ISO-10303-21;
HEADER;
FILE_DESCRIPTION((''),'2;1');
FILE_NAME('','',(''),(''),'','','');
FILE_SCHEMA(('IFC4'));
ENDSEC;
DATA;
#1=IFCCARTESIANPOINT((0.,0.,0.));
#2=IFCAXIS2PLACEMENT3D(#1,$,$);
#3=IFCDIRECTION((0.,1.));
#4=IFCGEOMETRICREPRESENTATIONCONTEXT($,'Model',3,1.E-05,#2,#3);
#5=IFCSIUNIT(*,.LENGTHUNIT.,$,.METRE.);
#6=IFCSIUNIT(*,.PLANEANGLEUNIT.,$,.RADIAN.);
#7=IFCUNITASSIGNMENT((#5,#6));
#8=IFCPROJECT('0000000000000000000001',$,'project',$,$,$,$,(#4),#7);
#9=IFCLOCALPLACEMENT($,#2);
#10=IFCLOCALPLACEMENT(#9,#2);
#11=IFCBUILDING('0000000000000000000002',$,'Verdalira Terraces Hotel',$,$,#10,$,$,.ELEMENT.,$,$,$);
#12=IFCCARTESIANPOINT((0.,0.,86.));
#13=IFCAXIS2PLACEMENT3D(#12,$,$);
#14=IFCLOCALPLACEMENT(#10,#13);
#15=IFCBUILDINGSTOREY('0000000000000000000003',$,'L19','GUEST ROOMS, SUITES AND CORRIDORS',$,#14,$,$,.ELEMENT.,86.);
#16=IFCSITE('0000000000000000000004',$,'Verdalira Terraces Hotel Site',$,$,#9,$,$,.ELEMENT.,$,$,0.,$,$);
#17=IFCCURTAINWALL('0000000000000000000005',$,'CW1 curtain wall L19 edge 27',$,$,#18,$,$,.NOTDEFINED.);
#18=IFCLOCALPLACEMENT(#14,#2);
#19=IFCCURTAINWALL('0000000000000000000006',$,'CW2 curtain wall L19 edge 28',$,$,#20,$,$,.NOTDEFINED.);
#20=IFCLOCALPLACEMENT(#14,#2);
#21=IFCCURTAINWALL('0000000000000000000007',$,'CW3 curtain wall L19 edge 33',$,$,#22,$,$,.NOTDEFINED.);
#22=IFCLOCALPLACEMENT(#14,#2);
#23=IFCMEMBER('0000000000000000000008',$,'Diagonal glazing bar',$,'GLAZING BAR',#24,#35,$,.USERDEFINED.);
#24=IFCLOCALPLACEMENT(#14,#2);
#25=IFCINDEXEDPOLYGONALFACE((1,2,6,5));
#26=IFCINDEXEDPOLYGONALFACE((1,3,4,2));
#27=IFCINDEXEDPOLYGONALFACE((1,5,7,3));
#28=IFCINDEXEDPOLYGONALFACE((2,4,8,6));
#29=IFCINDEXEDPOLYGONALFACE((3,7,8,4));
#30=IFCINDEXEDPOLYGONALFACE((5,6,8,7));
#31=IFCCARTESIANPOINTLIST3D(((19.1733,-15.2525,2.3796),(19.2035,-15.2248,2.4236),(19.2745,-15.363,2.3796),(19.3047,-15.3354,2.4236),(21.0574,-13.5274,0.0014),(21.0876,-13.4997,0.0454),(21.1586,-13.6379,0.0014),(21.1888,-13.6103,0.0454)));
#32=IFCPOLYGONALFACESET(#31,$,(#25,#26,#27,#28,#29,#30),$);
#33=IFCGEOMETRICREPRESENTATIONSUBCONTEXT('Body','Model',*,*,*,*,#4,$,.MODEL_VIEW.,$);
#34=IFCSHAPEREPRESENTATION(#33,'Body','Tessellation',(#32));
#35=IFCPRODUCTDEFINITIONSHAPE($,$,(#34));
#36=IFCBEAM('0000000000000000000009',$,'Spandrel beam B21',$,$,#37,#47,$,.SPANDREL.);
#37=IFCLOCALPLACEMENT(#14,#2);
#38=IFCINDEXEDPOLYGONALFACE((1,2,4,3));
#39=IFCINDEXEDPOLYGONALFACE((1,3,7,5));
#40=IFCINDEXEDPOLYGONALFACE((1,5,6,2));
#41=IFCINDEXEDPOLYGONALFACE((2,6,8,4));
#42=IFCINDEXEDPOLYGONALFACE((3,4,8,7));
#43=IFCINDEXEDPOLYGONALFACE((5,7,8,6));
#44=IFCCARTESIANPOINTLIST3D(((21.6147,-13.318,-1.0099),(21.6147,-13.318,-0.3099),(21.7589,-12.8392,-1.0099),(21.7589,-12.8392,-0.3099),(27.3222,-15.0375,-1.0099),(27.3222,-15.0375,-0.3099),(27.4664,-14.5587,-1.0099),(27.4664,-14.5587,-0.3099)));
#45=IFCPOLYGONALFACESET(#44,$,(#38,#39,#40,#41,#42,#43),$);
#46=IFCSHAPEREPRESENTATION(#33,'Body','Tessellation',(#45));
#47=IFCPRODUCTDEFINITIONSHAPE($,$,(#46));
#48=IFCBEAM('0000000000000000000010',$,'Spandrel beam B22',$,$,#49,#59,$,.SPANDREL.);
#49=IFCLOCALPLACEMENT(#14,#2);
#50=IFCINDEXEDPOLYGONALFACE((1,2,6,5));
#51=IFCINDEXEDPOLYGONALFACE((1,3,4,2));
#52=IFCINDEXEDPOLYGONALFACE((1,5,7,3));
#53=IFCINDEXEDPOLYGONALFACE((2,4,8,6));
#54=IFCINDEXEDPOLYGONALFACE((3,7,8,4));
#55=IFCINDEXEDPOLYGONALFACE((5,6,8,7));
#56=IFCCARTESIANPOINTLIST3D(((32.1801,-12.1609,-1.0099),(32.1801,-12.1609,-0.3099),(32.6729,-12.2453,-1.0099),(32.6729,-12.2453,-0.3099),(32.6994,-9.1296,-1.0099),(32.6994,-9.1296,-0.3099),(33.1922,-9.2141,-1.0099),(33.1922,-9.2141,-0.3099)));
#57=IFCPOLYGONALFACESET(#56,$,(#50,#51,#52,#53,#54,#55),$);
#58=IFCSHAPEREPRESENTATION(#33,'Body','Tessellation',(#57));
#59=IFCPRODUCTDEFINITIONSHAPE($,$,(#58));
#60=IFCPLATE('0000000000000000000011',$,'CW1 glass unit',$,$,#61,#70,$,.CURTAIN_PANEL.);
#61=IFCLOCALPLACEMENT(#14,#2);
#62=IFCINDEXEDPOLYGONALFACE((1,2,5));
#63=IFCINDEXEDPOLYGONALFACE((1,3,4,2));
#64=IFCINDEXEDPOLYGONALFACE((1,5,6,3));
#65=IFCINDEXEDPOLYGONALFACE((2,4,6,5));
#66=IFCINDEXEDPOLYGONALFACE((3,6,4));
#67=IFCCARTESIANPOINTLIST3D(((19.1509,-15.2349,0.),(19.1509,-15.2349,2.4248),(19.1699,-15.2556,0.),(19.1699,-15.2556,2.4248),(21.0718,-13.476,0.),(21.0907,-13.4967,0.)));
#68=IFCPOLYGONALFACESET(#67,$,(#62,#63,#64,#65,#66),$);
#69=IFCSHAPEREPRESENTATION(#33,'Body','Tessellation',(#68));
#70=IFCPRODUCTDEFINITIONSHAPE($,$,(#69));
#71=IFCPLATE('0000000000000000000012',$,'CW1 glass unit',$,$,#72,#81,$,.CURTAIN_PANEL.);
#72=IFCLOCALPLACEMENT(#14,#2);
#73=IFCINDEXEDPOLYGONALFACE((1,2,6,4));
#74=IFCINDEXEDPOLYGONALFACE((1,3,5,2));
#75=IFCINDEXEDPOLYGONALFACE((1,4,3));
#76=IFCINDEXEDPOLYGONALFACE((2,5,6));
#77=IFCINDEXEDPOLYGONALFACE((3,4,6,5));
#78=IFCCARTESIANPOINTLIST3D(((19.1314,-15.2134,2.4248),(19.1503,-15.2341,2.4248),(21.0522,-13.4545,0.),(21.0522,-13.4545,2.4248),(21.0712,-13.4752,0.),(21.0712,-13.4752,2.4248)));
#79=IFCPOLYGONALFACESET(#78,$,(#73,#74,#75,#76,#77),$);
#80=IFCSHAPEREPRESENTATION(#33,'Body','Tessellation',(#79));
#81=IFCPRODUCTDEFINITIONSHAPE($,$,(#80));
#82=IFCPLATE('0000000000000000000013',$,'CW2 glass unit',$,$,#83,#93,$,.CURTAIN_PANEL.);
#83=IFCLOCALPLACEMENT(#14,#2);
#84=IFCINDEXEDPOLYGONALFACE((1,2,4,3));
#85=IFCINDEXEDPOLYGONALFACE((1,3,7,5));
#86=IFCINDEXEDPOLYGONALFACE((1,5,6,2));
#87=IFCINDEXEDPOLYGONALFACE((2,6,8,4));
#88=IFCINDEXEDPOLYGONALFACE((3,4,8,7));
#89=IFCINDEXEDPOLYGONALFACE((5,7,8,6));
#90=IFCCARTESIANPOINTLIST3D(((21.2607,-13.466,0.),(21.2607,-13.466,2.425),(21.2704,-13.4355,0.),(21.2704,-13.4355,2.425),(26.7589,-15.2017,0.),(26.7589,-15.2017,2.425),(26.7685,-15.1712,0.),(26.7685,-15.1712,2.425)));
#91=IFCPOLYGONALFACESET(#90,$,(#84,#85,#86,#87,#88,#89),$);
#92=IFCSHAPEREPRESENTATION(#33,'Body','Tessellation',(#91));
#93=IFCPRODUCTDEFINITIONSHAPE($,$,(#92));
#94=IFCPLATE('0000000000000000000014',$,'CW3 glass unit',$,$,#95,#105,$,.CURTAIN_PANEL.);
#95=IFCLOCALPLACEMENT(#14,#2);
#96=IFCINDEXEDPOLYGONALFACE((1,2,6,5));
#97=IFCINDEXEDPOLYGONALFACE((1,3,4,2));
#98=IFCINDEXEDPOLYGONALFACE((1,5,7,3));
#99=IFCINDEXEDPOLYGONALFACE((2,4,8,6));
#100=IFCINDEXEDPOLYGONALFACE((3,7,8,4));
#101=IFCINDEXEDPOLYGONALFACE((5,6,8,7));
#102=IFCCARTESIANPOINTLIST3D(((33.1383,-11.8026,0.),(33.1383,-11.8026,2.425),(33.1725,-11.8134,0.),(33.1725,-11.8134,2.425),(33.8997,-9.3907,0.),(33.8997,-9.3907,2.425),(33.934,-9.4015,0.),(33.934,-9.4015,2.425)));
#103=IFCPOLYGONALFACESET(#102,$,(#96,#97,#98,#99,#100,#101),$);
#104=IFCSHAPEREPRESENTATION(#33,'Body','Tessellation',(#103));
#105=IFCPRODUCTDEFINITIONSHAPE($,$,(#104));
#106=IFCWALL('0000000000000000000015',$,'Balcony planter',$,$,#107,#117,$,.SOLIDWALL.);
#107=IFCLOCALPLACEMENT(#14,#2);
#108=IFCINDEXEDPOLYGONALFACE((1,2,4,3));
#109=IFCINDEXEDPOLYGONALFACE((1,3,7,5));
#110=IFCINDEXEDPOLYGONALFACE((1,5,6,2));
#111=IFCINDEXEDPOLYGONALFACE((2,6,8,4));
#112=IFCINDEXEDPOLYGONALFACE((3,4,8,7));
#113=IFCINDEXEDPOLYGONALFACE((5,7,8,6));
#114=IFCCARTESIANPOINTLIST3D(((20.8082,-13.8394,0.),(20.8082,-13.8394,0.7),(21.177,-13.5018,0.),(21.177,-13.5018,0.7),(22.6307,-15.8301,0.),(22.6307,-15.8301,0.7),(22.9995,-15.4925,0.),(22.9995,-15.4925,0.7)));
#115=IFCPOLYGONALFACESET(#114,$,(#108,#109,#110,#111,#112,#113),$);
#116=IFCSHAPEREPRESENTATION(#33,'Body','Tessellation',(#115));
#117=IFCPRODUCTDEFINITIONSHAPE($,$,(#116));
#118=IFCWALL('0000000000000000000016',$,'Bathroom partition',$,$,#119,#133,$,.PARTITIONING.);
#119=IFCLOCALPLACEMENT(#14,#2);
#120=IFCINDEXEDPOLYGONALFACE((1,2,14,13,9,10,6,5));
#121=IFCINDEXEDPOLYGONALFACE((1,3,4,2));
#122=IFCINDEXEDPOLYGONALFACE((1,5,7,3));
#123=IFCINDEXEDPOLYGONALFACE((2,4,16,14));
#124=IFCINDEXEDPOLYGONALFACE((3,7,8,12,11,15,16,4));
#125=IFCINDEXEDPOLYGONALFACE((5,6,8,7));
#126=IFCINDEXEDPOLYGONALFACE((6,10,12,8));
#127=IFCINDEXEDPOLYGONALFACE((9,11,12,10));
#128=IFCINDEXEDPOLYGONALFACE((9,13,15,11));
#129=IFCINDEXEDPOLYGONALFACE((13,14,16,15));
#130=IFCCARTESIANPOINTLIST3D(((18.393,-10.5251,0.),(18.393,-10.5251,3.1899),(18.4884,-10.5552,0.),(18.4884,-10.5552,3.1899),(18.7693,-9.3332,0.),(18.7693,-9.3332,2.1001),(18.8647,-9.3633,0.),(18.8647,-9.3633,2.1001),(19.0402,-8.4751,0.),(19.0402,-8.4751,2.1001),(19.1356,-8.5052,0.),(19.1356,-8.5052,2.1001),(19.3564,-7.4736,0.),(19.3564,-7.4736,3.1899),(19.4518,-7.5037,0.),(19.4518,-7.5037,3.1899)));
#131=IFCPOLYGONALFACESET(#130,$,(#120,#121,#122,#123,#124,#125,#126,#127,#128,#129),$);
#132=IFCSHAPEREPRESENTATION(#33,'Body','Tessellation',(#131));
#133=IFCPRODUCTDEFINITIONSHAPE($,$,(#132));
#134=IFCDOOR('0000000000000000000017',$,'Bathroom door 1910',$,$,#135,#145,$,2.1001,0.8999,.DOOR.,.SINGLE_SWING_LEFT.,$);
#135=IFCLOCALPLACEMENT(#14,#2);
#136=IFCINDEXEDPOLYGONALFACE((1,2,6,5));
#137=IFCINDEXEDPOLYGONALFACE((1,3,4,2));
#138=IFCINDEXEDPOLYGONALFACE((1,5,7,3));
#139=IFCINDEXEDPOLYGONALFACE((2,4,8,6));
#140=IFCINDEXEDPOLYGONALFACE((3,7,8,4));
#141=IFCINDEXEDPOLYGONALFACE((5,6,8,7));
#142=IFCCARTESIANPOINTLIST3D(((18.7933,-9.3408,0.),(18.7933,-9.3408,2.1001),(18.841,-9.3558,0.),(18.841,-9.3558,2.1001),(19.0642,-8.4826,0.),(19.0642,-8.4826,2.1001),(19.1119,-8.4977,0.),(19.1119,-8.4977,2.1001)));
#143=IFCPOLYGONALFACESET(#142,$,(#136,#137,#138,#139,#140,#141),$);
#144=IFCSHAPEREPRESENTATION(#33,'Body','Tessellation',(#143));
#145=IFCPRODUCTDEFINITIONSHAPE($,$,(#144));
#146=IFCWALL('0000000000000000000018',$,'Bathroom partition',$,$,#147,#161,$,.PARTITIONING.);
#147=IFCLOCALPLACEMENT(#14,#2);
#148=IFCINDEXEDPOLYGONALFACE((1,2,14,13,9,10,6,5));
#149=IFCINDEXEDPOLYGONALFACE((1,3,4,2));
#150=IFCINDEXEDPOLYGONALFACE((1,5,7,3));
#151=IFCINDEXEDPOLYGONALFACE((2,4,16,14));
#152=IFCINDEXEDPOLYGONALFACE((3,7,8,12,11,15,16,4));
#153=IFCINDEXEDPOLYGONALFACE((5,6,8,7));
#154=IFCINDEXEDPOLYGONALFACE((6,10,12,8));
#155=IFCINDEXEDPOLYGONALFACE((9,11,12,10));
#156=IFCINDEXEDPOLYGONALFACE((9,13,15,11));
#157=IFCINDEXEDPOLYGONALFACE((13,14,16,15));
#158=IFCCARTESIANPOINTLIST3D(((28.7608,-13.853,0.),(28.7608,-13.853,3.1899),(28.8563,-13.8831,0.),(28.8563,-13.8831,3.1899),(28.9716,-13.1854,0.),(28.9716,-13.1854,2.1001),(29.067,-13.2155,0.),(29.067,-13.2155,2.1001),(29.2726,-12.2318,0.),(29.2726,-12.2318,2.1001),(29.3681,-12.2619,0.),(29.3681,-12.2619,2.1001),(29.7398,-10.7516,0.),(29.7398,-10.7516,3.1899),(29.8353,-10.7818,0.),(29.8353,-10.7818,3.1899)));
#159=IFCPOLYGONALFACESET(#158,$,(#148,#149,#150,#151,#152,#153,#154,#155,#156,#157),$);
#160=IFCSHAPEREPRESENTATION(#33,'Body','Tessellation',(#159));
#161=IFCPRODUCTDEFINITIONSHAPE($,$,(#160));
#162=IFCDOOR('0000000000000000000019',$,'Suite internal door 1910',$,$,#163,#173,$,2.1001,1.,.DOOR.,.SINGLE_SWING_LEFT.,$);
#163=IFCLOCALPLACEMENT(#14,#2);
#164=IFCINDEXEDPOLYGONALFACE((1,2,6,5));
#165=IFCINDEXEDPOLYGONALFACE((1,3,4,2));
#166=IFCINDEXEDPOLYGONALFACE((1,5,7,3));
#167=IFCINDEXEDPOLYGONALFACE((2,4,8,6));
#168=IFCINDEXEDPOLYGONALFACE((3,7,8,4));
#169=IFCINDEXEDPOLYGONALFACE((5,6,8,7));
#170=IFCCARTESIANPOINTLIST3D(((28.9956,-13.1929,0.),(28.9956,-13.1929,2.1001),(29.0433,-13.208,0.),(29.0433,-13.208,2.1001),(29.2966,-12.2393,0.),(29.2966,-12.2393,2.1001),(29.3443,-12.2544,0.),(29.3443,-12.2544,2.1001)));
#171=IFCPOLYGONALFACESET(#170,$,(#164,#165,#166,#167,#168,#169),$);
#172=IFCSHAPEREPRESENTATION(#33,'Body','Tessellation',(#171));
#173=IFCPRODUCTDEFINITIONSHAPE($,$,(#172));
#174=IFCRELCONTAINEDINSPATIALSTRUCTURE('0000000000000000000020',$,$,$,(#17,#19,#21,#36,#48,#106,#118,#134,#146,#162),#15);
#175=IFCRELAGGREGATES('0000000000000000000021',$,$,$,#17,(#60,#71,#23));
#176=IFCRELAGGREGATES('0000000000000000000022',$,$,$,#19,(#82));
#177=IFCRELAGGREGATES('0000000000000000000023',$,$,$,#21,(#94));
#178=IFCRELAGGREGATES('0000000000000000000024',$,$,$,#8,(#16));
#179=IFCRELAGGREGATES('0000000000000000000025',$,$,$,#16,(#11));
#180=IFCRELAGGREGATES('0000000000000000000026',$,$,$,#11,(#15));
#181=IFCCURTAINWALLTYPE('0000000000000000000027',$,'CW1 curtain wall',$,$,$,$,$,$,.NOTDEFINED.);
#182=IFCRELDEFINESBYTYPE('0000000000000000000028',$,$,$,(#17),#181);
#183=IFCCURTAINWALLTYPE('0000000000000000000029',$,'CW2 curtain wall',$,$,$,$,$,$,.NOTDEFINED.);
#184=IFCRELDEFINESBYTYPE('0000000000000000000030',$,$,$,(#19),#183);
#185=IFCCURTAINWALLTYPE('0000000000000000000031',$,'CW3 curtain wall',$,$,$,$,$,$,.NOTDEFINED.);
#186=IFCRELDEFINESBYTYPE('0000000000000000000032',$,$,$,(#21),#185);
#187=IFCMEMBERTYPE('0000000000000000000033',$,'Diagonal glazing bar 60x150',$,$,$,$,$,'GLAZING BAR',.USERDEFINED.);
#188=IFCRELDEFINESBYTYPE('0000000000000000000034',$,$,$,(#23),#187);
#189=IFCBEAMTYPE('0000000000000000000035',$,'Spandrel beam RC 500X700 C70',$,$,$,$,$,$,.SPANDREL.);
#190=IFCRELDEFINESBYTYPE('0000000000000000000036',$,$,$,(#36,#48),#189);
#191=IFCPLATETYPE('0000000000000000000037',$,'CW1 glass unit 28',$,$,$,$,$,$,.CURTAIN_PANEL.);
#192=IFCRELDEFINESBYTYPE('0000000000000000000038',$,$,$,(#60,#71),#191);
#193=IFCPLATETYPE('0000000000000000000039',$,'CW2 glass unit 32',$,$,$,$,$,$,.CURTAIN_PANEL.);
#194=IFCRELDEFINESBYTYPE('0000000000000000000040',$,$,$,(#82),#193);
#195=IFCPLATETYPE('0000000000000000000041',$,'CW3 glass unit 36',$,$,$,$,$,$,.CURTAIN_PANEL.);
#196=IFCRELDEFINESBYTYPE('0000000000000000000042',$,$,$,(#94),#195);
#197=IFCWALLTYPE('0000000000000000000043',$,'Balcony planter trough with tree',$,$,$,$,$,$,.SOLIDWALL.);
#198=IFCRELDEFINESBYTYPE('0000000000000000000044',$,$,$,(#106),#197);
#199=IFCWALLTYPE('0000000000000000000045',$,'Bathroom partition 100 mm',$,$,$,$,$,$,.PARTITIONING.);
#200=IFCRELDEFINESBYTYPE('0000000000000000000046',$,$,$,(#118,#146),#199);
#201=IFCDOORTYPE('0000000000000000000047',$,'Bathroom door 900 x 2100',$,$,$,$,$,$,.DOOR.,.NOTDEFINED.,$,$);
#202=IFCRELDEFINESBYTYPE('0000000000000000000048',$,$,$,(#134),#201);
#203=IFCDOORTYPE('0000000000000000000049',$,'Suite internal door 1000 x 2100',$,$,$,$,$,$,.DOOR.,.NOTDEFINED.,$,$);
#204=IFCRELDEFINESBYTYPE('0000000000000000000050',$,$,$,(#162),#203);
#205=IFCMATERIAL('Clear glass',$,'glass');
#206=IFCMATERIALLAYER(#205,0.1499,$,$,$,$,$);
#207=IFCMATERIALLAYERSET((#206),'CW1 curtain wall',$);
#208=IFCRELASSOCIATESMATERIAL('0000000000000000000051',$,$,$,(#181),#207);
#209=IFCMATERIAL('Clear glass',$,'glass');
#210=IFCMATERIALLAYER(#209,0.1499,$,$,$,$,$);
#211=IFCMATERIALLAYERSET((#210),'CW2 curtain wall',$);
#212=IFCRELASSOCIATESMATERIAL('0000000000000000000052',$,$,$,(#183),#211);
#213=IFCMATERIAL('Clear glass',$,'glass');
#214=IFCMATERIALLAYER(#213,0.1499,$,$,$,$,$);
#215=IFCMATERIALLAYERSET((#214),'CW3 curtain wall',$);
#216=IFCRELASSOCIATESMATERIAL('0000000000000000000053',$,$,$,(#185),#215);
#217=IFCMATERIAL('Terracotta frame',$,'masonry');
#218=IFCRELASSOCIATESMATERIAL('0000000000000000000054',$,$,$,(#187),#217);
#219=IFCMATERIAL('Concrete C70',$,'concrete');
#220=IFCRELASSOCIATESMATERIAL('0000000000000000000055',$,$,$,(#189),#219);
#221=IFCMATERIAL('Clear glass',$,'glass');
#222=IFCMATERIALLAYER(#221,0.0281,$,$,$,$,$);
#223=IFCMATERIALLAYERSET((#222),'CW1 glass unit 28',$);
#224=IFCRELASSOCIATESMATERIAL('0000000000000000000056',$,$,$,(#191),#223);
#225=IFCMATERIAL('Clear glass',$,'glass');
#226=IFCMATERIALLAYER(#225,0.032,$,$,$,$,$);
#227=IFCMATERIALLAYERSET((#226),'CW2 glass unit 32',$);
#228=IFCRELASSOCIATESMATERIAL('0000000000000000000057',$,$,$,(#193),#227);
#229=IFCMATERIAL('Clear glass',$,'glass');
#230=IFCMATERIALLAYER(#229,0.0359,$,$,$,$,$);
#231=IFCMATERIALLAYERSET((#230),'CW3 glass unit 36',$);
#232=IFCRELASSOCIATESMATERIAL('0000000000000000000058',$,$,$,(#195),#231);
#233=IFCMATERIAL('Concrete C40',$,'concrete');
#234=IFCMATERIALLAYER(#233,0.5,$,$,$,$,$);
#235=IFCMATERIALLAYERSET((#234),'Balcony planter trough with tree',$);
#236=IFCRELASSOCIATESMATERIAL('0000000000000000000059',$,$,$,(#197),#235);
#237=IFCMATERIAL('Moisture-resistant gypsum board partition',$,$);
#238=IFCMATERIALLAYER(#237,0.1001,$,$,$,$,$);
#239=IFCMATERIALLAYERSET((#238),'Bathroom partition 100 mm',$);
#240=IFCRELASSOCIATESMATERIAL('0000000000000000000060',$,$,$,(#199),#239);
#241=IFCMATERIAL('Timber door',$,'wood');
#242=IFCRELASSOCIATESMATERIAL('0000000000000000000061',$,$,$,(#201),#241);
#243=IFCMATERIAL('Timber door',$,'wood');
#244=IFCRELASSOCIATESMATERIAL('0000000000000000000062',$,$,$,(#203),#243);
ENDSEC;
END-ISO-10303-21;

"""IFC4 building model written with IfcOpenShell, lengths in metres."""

from ifc_helpers import new_model, si_unit, direction, frame, frame_2d, origin, origin_2d, place, context, subcontext, project, spatial, polyline, rectangle, outline, extrude, material, layer, layer_set, material_profile, profile_set, type_object, element, fill, aggregate, save


model = new_model("IFC4")

# Units and contexts
model_context = context("Model", 3, precision=1e-05, world=origin(), true_north=direction((0.0, 1.0)))
body_context = subcontext(model_context, "Body", "Model", "MODEL_VIEW")
ifc_project = project(units=[si_unit("LENGTHUNIT", "METRE"), si_unit("PLANEANGLEUNIT", "RADIAN")], contexts=[model_context])

# Site, building, storey
site_placement = place(None, origin())
site = spatial("IfcSite", under=ifc_project, at=site_placement, Name="Verdalira Terraces Hotel Site", CompositionType="ELEMENT", RefElevation=0.0)
building_placement = place(site_placement, origin())
building = spatial("IfcBuilding", under=site, at=building_placement, Name="Verdalira Terraces Hotel", CompositionType="ELEMENT")
storey_placement = place(building_placement, frame((0.0, 0.0, 86.0)))
storey = spatial("IfcBuildingStorey", under=building, at=storey_placement, Name="L19", Description="GUEST ROOMS, SUITES AND CORRIDORS", CompositionType="ELEMENT", Elevation=86.0)

# Curtain wall
ifc_material_1 = material(Name="Clear glass", Category="glass")
ifc_layer_1 = layer(ifc_material_1, 0.1499)
ifc_layer_set_1 = layer_set([ifc_layer_1], Name="CW1 curtain wall")
curtain_wall_type_1 = type_object("IfcCurtainWallType", Name="CW1 curtain wall", PredefinedType="NOTDEFINED", material=ifc_layer_set_1)
curtain_wall_1_placement = place(storey_placement, origin())
curtain_wall_1 = element("IfcCurtainWall", 1, at=curtain_wall_1_placement, inside=storey, type_object=curtain_wall_type_1, Name="CW1 curtain wall L19 edge 27", PredefinedType="NOTDEFINED")

# Curtain walls
ifc_material_2 = material(Name="Clear glass", Category="glass")
ifc_layer_2 = layer(ifc_material_2, 0.1499)
ifc_layer_set_2 = layer_set([ifc_layer_2], Name="CW2 curtain wall")
curtain_wall_type_2 = type_object("IfcCurtainWallType", Name="CW2 curtain wall", PredefinedType="NOTDEFINED", material=ifc_layer_set_2)
curtain_wall_2_placement = place(storey_placement, origin())
curtain_wall_2 = element("IfcCurtainWall", 2, at=curtain_wall_2_placement, inside=storey, type_object=curtain_wall_type_2, Name="CW2 curtain wall L19 edge 28", PredefinedType="NOTDEFINED")
ifc_material_3 = material(Name="Clear glass", Category="glass")
ifc_layer_3 = layer(ifc_material_3, 0.1499)
ifc_layer_set_3 = layer_set([ifc_layer_3], Name="CW3 curtain wall")
curtain_wall_type_3 = type_object("IfcCurtainWallType", Name="CW3 curtain wall", PredefinedType="NOTDEFINED", material=ifc_layer_set_3)
curtain_wall_3_placement = place(storey_placement, origin())
curtain_wall_3 = element("IfcCurtainWall", 3, at=curtain_wall_3_placement, inside=storey, type_object=curtain_wall_type_3, Name="CW3 curtain wall L19 edge 33", PredefinedType="NOTDEFINED")

# Member
ifc_material_4 = material(Name="Terracotta frame", Category="masonry")
ifc_material_profile_1 = material_profile(ifc_material_4, rectangle(XDim=0.1499, YDim=0.0601, at=origin_2d()), Name="GB 60x150")
ifc_profile_set_1 = profile_set([ifc_material_profile_1], Name="Terracotta frame")
member_type_1 = type_object("IfcMemberType", Name="Diagonal glazing bar 60x150", ElementType="GLAZING BAR", PredefinedType="USERDEFINED", material=ifc_profile_set_1)
member_1_placement = place(storey_placement, frame((19.239, -15.2939, 2.4016), z_axis=(0.539812, 0.494274, -0.681393), x_axis=(-0.675313, 0.737531, 0.0)))
member_1 = element("IfcMember", 4, at=member_1_placement, type_object=member_type_1, Name="Diagonal glazing bar", ObjectType="GLAZING BAR", PredefinedType="USERDEFINED", context=body_context, shape_type="SweptSolid", body=[
    extrude(rectangle(XDim=0.1499, YDim=0.0601, at=origin_2d()), origin(), (0.0, 0.0, 1.0), 3.4902),
])

# Beams
ifc_material_5 = material(Name="Concrete C70", Category="concrete")
ifc_material_profile_2 = material_profile(ifc_material_5, rectangle(XDim=0.5, YDim=0.7, at=origin_2d()), Name="RC 500X700")
ifc_profile_set_2 = profile_set([ifc_material_profile_2], Name="Concrete C70")
beam_type_1 = type_object("IfcBeamType", Name="Spandrel beam RC 500X700 C70", PredefinedType="SPANDREL", material=ifc_profile_set_2)
beam_1_placement = place(storey_placement, frame((21.6868, -13.0786, -0.6599), z_axis=(0.957492, -0.28846, 0.0), x_axis=(0.28846, 0.957492, 0.0)))
element("IfcBeam", 5, at=beam_1_placement, inside=storey, type_object=beam_type_1, Name="Spandrel beam B21", PredefinedType="SPANDREL", context=body_context, shape_type="SweptSolid", body=[
    extrude(rectangle(XDim=0.5, YDim=0.7, at=origin_2d()), origin(), (0.0, 0.0, 1.0), 5.9609),
])
beam_2_placement = place(storey_placement, frame((32.4265, -12.2031, -0.6599), z_axis=(0.168851, 0.985642, 0.0), x_axis=(-0.985642, 0.168851, 0.0)))
element("IfcBeam", 6, at=beam_2_placement, inside=storey, type_object=beam_type_1, Name="Spandrel beam B22", PredefinedType="SPANDREL", context=body_context, shape_type="SweptSolid", body=[
    extrude(rectangle(XDim=0.5, YDim=0.7, at=origin_2d()), origin(), (0.0, 0.0, 1.0), 3.0754),
])

# Plates
ifc_material_6 = material(Name="Clear glass", Category="glass")
ifc_layer_4 = layer(ifc_material_6, 0.0281)
ifc_layer_set_4 = layer_set([ifc_layer_4], Name="CW1 glass unit 28")
plate_type_1 = type_object("IfcPlateType", Name="CW1 glass unit 28", PredefinedType="CURTAIN_PANEL", material=ifc_layer_set_4)
plate_1_placement = place(storey_placement, frame((20.1113, -14.3555, 1.2124), z_axis=(0.675333, -0.737513, 0.0), x_axis=(0.737513, 0.675333, 0.0)))
plate_1 = element("IfcPlate", 7, at=plate_1_placement, type_object=plate_type_1, Name="CW1 glass unit", PredefinedType="CURTAIN_PANEL", context=body_context, shape_type="SweptSolid", body=[
    extrude(outline(polyline([(-1.3022, -1.2124), (1.3022, -1.2124), (-1.3022, 1.2124), (-1.3022, -1.2124)])), origin(), (0.0, 0.0, 1.0), 0.0281),
])
plate_2_placement = place(storey_placement, frame((20.0918, -14.334, 1.2124), z_axis=(0.675333, -0.737513, 0.0), x_axis=(0.737513, 0.675333, 0.0)))
plate_2 = element("IfcPlate", 8, at=plate_2_placement, type_object=plate_type_1, Name="CW1 glass unit", PredefinedType="CURTAIN_PANEL", context=body_context, shape_type="SweptSolid", body=[
    extrude(outline(polyline([(1.3022, -1.2124), (1.3022, 1.2124), (-1.3022, 1.2124), (1.3022, -1.2124)])), origin(), (0.0, 0.0, 1.0), 0.0281),
])
aggregate(curtain_wall_1, [plate_1, plate_2, member_1])
ifc_material_7 = material(Name="Clear glass", Category="glass")
ifc_layer_5 = layer(ifc_material_7, 0.032)
ifc_layer_set_5 = layer_set([ifc_layer_5], Name="CW2 glass unit 32")
plate_type_2 = type_object("IfcPlateType", Name="CW2 glass unit 32", PredefinedType="CURTAIN_PANEL", material=ifc_layer_set_5)
plate_3_placement = place(storey_placement, frame((24.0146, -14.3186, 0.0), z_axis=(0.0, 0.0, 1.0), x_axis=(0.953612, -0.301039, 0.0)))
plate_3 = element("IfcPlate", 9, at=plate_3_placement, type_object=plate_type_2, Name="CW2 glass unit", PredefinedType="CURTAIN_PANEL", context=body_context, shape_type="SweptSolid", body=[
    extrude(rectangle(XDim=5.7656, YDim=0.032, at=origin_2d()), origin(), (0.0, 0.0, 1.0), 2.425),
])
aggregate(curtain_wall_2, [plate_3])
ifc_material_8 = material(Name="Clear glass", Category="glass")
ifc_layer_6 = layer(ifc_material_8, 0.0359)
ifc_layer_set_6 = layer_set([ifc_layer_6], Name="CW3 glass unit 36")
plate_type_3 = type_object("IfcPlateType", Name="CW3 glass unit 36", PredefinedType="CURTAIN_PANEL", material=ifc_layer_set_6)
plate_4_placement = place(storey_placement, frame((33.5361, -10.6021, 0.0), z_axis=(0.0, 0.0, 1.0), x_axis=(0.301039, 0.953612, 0.0)))
plate_4 = element("IfcPlate", 10, at=plate_4_placement, type_object=plate_type_3, Name="CW3 glass unit", PredefinedType="CURTAIN_PANEL", context=body_context, shape_type="SweptSolid", body=[
    extrude(rectangle(XDim=2.5293, YDim=0.0359, at=origin_2d()), origin(), (0.0, 0.0, 1.0), 2.425),
])
aggregate(curtain_wall_3, [plate_4])

# Wall
ifc_material_9 = material(Name="Concrete C40", Category="concrete")
ifc_layer_7 = layer(ifc_material_9, 0.5)
ifc_layer_set_7 = layer_set([ifc_layer_7], Name="Balcony planter trough with tree")
wall_type_1 = type_object("IfcWallType", Name="Balcony planter trough with tree", PredefinedType="SOLIDWALL", material=ifc_layer_set_7)
wall_1_placement = place(storey_placement, frame((22.8152, -15.6614, 0.0), z_axis=(0.0, 0.0, 1.0), x_axis=(-0.675258, 0.737582, 0.0)))
element("IfcWall", 11, at=wall_1_placement, inside=storey, type_object=wall_type_1, Name="Balcony planter", PredefinedType="SOLIDWALL", context=body_context, shape_type="SweptSolid", body=[
    extrude(rectangle(XDim=2.699, YDim=0.5, at=frame_2d((1.3496, 0.0))), origin(), (0.0, 0.0, 1.0), 0.7),
])

# Walls, openings, doors
ifc_material_10 = material(Name="Moisture-resistant gypsum board partition")
ifc_layer_8 = layer(ifc_material_10, 0.1001)
ifc_layer_set_8 = layer_set([ifc_layer_8], Name="Bathroom partition 100 mm")
wall_type_2 = type_object("IfcWallType", Name="Bathroom partition 100 mm", PredefinedType="PARTITIONING", material=ifc_layer_set_8)
wall_2_placement = place(storey_placement, frame((18.4407, -10.5403, 0.0), z_axis=(0.0, 0.0, 1.0), x_axis=(0.301058, 0.953606, 0.0)))
wall_2 = element("IfcWall", 12, at=wall_2_placement, inside=storey, type_object=wall_type_2, Name="Bathroom partition", PredefinedType="PARTITIONING", context=body_context, shape_type="SweptSolid", body=[
    extrude(rectangle(XDim=3.2, YDim=0.1001, at=frame_2d((1.6001, 0.0))), origin(), (0.0, 0.0, 1.0), 3.1899),
])
opening_1_placement = place(wall_2_placement, frame((1.25, 0.0, 0.0)))
opening_1 = element("IfcOpeningElement", 13, at=opening_1_placement, cuts=wall_2, PredefinedType="OPENING", context=body_context, shape_type="SweptSolid", body=[
    extrude(rectangle(XDim=0.8999, YDim=2.1001, at=frame_2d((0.45, 1.05))), frame((0.0, 0.0601, 0.0), z_axis=(0.0, -1.0, 0.0), x_axis=(1.0, 0.0, 0.0)), (0.0, 0.0, 1.0), 0.1201),
])
ifc_material_11 = material(Name="Timber door", Category="wood")
door_type_1 = type_object("IfcDoorType", Name="Bathroom door 900 x 2100", OperationType="NOTDEFINED", PredefinedType="DOOR", material=ifc_material_11)
door_1_placement = place(opening_1_placement, origin())
door_1 = element("IfcDoor", 14, at=door_1_placement, inside=storey, type_object=door_type_1, Name="Bathroom door 1910", OperationType="SINGLE_SWING_LEFT", OverallHeight=2.1001, OverallWidth=0.8999, PredefinedType="DOOR", context=body_context, shape_type="SweptSolid", body=[
    extrude(rectangle(XDim=0.8999, YDim=2.1001, at=frame_2d((0.45, 1.05))), frame((0.0, 0.0249, 0.0), z_axis=(0.0, -1.0, 0.0), x_axis=(1.0, 0.0, 0.0)), (0.0, 0.0, 1.0), 0.05),
])
fill(opening_1, door_1)
wall_3_placement = place(storey_placement, frame((28.8086, -13.8679, 0.0), z_axis=(0.0, 0.0, 1.0), x_axis=(0.301031, 0.953614, 0.0)))
wall_3 = element("IfcWall", 15, at=wall_3_placement, inside=storey, type_object=wall_type_2, Name="Bathroom partition", PredefinedType="PARTITIONING", context=body_context, shape_type="SweptSolid", body=[
    extrude(rectangle(XDim=3.2522, YDim=0.1001, at=frame_2d((1.626, 0.0))), origin(), (0.0, 0.0, 1.0), 3.1899),
])
opening_2_placement = place(wall_3_placement, frame((0.7, 0.0, 0.0)))
opening_2 = element("IfcOpeningElement", 16, at=opening_2_placement, cuts=wall_3, PredefinedType="OPENING", context=body_context, shape_type="SweptSolid", body=[
    extrude(rectangle(XDim=1.0, YDim=2.1001, at=frame_2d((0.5, 1.05))), frame((0.0, 0.0601, 0.0), z_axis=(0.0, -1.0, 0.0), x_axis=(1.0, 0.0, 0.0)), (0.0, 0.0, 1.0), 0.1201),
])
ifc_material_12 = material(Name="Timber door", Category="wood")
door_type_2 = type_object("IfcDoorType", Name="Suite internal door 1000 x 2100", OperationType="NOTDEFINED", PredefinedType="DOOR", material=ifc_material_12)
door_2_placement = place(opening_2_placement, origin())
door_2 = element("IfcDoor", 17, at=door_2_placement, inside=storey, type_object=door_type_2, Name="Suite internal door 1910", OperationType="SINGLE_SWING_LEFT", OverallHeight=2.1001, OverallWidth=1.0, PredefinedType="DOOR", context=body_context, shape_type="SweptSolid", body=[
    extrude(rectangle(XDim=1.0, YDim=2.1001, at=frame_2d((0.5, 1.05))), frame((0.0, 0.0249, 0.0), z_axis=(0.0, -1.0, 0.0), x_axis=(1.0, 0.0, 0.0)), (0.0, 0.0, 1.0), 0.05),
])
fill(opening_2, door_2)

save(model, "model.ifc")
